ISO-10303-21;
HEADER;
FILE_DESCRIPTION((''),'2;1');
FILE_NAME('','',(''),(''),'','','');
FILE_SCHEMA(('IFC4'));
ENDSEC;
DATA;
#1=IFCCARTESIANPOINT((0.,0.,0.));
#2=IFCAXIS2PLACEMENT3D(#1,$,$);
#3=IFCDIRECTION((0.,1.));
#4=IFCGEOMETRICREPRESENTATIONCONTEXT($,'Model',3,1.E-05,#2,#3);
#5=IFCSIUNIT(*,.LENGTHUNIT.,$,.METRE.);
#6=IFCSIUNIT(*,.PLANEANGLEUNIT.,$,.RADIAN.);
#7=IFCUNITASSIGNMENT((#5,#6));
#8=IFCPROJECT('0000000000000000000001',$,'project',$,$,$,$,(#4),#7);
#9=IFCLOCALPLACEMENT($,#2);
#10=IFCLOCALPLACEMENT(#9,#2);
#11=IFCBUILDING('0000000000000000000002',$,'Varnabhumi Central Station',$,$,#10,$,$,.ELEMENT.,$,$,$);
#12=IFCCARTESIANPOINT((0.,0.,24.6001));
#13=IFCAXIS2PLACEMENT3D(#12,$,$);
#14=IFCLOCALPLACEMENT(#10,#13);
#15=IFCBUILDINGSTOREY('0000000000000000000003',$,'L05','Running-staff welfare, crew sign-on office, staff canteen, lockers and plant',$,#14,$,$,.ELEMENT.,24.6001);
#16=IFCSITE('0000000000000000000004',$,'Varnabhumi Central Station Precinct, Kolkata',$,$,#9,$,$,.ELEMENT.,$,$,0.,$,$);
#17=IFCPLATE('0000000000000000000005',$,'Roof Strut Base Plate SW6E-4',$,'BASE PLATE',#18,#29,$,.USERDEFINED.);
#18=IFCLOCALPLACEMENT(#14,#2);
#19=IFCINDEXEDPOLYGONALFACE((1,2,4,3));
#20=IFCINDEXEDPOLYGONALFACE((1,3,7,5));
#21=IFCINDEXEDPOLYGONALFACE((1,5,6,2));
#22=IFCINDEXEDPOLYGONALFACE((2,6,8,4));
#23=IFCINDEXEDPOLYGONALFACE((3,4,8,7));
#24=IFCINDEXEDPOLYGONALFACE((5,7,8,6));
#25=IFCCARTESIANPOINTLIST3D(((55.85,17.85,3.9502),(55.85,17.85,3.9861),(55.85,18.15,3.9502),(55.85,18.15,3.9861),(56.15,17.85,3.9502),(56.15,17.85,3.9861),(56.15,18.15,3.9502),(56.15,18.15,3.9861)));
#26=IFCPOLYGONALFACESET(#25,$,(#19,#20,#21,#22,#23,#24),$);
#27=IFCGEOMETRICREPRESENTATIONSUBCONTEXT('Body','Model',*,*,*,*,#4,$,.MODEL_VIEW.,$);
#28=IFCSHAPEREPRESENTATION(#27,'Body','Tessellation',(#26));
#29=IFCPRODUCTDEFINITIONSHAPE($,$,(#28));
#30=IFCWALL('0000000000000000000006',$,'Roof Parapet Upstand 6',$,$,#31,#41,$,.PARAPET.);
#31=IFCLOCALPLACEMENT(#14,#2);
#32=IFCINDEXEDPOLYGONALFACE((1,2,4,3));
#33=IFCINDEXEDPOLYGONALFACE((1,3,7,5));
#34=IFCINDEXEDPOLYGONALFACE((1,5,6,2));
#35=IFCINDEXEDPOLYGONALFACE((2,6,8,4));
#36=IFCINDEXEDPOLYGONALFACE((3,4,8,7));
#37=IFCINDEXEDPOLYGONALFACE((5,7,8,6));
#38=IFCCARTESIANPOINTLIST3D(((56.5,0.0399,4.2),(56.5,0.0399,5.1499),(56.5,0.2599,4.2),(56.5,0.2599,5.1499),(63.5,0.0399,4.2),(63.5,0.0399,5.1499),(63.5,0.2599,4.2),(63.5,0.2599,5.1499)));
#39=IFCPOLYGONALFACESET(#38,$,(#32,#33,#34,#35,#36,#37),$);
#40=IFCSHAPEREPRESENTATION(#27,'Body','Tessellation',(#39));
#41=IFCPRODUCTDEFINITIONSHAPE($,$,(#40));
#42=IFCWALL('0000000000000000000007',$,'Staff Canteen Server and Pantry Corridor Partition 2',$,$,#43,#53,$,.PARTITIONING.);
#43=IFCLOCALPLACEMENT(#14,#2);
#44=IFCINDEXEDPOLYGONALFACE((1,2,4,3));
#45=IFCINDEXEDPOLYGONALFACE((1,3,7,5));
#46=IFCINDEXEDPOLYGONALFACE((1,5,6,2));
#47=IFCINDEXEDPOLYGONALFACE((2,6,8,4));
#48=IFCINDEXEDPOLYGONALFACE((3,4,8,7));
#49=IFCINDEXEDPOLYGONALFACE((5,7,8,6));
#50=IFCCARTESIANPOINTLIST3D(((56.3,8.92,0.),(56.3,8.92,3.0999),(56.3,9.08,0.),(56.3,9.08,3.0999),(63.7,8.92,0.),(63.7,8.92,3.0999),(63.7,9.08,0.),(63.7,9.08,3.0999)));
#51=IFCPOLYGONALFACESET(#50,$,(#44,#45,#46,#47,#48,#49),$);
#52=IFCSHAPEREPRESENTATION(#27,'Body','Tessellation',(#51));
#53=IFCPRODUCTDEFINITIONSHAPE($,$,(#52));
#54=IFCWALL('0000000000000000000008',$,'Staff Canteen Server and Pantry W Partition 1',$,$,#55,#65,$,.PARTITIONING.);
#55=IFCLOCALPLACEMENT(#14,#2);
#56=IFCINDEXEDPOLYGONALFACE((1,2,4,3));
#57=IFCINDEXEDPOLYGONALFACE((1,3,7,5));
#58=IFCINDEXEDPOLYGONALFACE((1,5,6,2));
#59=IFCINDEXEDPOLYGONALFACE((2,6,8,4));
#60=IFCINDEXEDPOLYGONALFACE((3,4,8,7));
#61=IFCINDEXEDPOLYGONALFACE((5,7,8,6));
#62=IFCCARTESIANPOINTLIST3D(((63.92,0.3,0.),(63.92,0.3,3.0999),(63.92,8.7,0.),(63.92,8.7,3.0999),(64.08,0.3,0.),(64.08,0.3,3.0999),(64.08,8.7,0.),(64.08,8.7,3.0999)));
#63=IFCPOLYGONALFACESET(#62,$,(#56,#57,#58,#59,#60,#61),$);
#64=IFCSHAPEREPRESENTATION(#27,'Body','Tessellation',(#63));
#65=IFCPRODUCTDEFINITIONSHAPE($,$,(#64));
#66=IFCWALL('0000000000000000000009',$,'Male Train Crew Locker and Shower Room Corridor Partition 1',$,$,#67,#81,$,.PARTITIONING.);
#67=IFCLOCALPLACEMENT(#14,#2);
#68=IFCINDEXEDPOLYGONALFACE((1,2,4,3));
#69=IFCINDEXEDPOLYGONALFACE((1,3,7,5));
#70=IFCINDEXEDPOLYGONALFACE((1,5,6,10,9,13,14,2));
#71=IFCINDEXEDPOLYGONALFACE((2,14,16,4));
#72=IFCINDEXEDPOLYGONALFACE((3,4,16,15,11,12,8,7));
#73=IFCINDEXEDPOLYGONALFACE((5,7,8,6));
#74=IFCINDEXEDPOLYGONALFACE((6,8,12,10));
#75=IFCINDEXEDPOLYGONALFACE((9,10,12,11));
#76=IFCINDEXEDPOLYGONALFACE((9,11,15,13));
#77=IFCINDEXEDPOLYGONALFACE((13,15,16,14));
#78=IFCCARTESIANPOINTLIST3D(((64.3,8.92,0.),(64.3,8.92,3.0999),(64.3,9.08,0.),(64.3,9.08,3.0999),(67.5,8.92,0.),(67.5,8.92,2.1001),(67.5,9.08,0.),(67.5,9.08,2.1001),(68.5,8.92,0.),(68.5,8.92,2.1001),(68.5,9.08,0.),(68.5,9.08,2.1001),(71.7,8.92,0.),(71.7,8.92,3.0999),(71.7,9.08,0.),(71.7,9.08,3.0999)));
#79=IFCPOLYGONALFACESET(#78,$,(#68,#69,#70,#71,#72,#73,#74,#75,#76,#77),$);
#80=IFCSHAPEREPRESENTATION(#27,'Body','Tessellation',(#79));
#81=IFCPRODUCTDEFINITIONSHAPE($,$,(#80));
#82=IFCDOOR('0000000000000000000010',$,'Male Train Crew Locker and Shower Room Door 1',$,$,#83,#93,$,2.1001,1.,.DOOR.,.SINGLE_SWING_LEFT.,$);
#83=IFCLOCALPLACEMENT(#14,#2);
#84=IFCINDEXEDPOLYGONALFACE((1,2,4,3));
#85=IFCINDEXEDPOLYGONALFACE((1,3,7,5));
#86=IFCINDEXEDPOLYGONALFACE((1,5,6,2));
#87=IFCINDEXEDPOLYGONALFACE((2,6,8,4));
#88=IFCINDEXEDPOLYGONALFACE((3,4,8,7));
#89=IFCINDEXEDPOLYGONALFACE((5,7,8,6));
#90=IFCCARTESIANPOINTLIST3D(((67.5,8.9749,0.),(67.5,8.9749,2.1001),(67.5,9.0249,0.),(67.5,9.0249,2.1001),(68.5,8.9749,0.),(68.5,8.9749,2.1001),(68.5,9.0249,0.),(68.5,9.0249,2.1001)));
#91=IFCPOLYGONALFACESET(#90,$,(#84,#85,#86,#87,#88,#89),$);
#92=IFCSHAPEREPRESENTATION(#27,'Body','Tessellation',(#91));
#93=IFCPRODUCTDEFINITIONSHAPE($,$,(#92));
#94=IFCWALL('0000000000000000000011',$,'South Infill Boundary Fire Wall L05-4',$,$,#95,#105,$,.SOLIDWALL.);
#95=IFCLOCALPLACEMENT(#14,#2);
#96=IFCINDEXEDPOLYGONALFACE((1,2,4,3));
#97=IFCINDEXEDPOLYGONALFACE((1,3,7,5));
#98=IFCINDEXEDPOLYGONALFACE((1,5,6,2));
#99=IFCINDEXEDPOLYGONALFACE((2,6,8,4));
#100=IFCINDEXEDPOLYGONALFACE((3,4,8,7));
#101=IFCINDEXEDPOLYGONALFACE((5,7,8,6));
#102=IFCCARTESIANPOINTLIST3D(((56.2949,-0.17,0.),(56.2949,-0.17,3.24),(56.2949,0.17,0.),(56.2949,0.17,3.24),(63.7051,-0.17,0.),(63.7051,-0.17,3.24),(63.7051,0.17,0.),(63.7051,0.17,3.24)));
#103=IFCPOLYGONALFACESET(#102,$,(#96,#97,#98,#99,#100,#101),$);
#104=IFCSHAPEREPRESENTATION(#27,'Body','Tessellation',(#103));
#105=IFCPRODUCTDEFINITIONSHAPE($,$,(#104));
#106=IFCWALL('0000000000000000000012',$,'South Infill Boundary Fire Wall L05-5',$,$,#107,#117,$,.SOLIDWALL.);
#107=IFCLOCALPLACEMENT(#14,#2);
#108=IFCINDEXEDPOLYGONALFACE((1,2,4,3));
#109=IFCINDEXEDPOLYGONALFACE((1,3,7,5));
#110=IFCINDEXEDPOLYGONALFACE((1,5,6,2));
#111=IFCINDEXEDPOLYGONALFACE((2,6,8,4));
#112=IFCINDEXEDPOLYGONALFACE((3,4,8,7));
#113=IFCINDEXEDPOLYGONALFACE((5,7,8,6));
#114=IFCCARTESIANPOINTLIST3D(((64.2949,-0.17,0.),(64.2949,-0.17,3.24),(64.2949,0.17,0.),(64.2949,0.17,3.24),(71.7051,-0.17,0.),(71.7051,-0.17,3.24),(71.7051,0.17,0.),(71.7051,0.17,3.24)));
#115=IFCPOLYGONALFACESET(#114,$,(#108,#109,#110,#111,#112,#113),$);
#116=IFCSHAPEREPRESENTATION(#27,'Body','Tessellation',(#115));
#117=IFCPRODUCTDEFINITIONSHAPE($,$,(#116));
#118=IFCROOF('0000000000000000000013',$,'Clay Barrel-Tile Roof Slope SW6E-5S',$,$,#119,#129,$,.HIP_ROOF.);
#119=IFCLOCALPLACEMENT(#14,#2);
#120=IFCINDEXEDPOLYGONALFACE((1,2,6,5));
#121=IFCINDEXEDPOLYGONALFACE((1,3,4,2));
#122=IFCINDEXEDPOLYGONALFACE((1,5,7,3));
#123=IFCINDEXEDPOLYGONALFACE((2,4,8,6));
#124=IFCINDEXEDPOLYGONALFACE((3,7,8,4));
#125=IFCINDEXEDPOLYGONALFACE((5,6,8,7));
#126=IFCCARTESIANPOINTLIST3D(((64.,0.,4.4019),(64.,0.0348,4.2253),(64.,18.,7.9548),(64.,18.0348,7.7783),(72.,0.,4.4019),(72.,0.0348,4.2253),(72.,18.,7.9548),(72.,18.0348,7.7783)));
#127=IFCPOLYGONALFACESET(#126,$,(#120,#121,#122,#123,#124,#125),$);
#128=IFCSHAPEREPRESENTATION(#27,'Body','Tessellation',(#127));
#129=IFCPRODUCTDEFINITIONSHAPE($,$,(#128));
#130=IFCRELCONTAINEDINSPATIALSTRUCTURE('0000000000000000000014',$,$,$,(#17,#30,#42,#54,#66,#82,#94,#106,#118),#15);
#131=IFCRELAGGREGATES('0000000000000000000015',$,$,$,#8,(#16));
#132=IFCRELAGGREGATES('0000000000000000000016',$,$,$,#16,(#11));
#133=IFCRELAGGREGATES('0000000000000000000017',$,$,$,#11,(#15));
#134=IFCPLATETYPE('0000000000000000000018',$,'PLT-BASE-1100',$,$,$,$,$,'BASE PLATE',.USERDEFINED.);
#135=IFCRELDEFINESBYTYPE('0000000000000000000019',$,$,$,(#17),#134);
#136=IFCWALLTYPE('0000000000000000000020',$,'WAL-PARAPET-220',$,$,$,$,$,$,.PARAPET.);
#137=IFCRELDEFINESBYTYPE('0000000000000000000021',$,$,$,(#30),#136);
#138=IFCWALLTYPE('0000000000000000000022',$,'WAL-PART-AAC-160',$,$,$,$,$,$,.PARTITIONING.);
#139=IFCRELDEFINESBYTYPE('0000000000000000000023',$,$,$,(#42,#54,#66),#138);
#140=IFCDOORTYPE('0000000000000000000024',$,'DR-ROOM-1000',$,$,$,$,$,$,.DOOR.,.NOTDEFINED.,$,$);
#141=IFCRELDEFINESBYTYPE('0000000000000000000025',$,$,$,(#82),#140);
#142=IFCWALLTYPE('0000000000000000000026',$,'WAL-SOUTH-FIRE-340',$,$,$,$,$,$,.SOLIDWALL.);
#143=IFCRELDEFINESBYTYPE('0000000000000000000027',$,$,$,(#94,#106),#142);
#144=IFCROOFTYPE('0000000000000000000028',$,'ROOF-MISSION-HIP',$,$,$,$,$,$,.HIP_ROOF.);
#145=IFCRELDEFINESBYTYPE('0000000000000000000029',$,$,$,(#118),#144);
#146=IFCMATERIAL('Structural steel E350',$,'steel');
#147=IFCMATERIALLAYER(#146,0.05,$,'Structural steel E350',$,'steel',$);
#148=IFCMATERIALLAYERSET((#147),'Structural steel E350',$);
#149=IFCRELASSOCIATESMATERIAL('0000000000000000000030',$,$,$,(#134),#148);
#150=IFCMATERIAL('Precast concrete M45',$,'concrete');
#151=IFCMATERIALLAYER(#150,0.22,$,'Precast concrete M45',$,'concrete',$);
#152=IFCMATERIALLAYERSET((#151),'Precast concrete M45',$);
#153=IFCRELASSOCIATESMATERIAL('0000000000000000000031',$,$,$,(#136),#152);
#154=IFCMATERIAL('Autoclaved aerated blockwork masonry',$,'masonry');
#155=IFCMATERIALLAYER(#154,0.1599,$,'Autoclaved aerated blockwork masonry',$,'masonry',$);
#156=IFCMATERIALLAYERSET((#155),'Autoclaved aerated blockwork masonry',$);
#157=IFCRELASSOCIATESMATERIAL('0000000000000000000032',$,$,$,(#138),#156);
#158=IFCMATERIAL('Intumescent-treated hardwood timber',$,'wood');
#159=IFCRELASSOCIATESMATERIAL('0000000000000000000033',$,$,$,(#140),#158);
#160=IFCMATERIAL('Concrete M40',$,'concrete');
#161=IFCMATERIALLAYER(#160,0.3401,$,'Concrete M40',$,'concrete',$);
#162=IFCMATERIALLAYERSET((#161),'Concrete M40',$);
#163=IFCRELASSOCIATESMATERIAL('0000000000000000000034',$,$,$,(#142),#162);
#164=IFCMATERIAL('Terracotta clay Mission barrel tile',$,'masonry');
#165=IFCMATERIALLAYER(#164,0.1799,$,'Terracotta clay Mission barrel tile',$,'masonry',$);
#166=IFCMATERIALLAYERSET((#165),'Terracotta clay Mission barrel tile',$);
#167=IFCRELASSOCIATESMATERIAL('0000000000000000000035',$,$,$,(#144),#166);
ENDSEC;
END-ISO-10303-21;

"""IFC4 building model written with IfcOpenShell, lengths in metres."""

from ifc_helpers import new_model, si_unit, direction, frame, frame_2d, origin, origin_2d, place, context, subcontext, project, spatial, polyline, rectangle, outline, extrude, material, layer, layer_set, type_object, element, fill, save


model = new_model("IFC4")

# Units and contexts
model_context = context("Model", 3, precision=1e-05, world=origin(), true_north=direction((0.0, 1.0)))
body_context = subcontext(model_context, "Body", "Model", "MODEL_VIEW")
ifc_project = project(units=[si_unit("LENGTHUNIT", "METRE"), si_unit("PLANEANGLEUNIT", "RADIAN")], contexts=[model_context])

# Site, building, storey
site_placement = place(None, origin())
site = spatial("IfcSite", under=ifc_project, at=site_placement, Name="Varnabhumi Central Station Precinct, Kolkata", CompositionType="ELEMENT", RefElevation=0.0)
building_placement = place(site_placement, origin())
building = spatial("IfcBuilding", under=site, at=building_placement, Name="Varnabhumi Central Station", CompositionType="ELEMENT")
storey_placement = place(building_placement, frame((0.0, 0.0, 24.6001)))
storey = spatial("IfcBuildingStorey", under=building, at=storey_placement, Name="L05", Description="Running-staff welfare, crew sign-on office, staff canteen, lockers and plant", CompositionType="ELEMENT", Elevation=24.6001)

# Shared definitions
ifc_material_1 = material(Name="Concrete M40", Category="concrete")
ifc_material_2 = material(Name="Structural steel E350", Category="steel")

# Plate
ifc_layer_1 = layer(ifc_material_2, 0.05, Name="Structural steel E350", Category="steel")
ifc_layer_set_1 = layer_set([ifc_layer_1], Name="Structural steel E350")
plate_type = type_object("IfcPlateType", Name="PLT-BASE-1100", ElementType="BASE PLATE", PredefinedType="USERDEFINED", material=ifc_layer_set_1)
plate_placement = place(storey_placement, frame((56.0, 18.0, 3.9502), z_axis=(0.0, 0.0, 1.0), x_axis=(1.0, 0.0, 0.0)))
element("IfcPlate", 1, at=plate_placement, inside=storey, type_object=plate_type, Name="Roof Strut Base Plate SW6E-4", ObjectType="BASE PLATE", PredefinedType="USERDEFINED", context=body_context, shape_type="SweptSolid", body=[
    extrude(rectangle(XDim=0.3, YDim=0.3, at=origin_2d()), origin(), (0.0, 0.0, 1.0), 0.0359),
])

# Walls
ifc_material_3 = material(Name="Precast concrete M45", Category="concrete")
ifc_layer_2 = layer(ifc_material_3, 0.22, Name="Precast concrete M45", Category="concrete")
ifc_layer_set_2 = layer_set([ifc_layer_2], Name="Precast concrete M45")
wall_type_1 = type_object("IfcWallType", Name="WAL-PARAPET-220", PredefinedType="PARAPET", material=ifc_layer_set_2)
wall_1_placement = place(storey_placement, frame((56.5, 0.1499, 4.2), z_axis=(0.0, 0.0, 1.0), x_axis=(1.0, 0.0, 0.0)))
element("IfcWall", 2, at=wall_1_placement, inside=storey, type_object=wall_type_1, Name="Roof Parapet Upstand 6", PredefinedType="PARAPET", context=body_context, shape_type="SweptSolid", body=[
    extrude(rectangle(XDim=7.0, YDim=0.22, at=frame_2d((3.5, 0.0))), origin(), (0.0, 0.0, 1.0), 0.95),
])
ifc_material_4 = material(Name="Autoclaved aerated blockwork masonry", Category="masonry")
ifc_layer_3 = layer(ifc_material_4, 0.1599, Name="Autoclaved aerated blockwork masonry", Category="masonry")
ifc_layer_set_3 = layer_set([ifc_layer_3], Name="Autoclaved aerated blockwork masonry")
wall_type_2 = type_object("IfcWallType", Name="WAL-PART-AAC-160", PredefinedType="PARTITIONING", material=ifc_layer_set_3)
wall_2_placement = place(storey_placement, frame((56.3, 9.0, 0.0), z_axis=(0.0, 0.0, 1.0), x_axis=(1.0, 0.0, 0.0)))
element("IfcWall", 3, at=wall_2_placement, inside=storey, type_object=wall_type_2, Name="Staff Canteen Server and Pantry Corridor Partition 2", PredefinedType="PARTITIONING", context=body_context, shape_type="SweptSolid", body=[
    extrude(rectangle(XDim=7.3999, YDim=0.1599, at=frame_2d((3.7, 0.0))), origin(), (0.0, 0.0, 1.0), 3.0999),
])
wall_3_placement = place(storey_placement, frame((64.0, 0.3, 0.0), z_axis=(0.0, 0.0, 1.0), x_axis=(0.0, 1.0, 0.0)))
element("IfcWall", 4, at=wall_3_placement, inside=storey, type_object=wall_type_2, Name="Staff Canteen Server and Pantry W Partition 1", PredefinedType="PARTITIONING", context=body_context, shape_type="SweptSolid", body=[
    extrude(rectangle(XDim=8.3999, YDim=0.1599, at=frame_2d((4.2, 0.0))), origin(), (0.0, 0.0, 1.0), 3.0999),
])

# Wall, opening, door
wall_4_placement = place(storey_placement, frame((64.3, 9.0, 0.0), z_axis=(0.0, 0.0, 1.0), x_axis=(1.0, 0.0, 0.0)))
wall_4 = element("IfcWall", 5, at=wall_4_placement, inside=storey, type_object=wall_type_2, Name="Male Train Crew Locker and Shower Room Corridor Partition 1", PredefinedType="PARTITIONING", context=body_context, shape_type="SweptSolid", body=[
    extrude(rectangle(XDim=7.3999, YDim=0.1599, at=frame_2d((3.7, 0.0))), origin(), (0.0, 0.0, 1.0), 3.0999),
])
opening_placement = place(wall_4_placement, frame((3.2, 0.0, 0.0)))
opening = element("IfcOpeningElement", 6, at=opening_placement, cuts=wall_4, PredefinedType="OPENING", context=body_context, shape_type="SweptSolid", body=[
    extrude(rectangle(XDim=1.0, YDim=2.1001, at=frame_2d((0.5, 1.05))), frame((0.0, 0.0898, 0.0), z_axis=(0.0, -1.0, 0.0), x_axis=(1.0, 0.0, 0.0)), (0.0, 0.0, 1.0), 0.1799),
])
ifc_material_5 = material(Name="Intumescent-treated hardwood timber", Category="wood")
door_type = type_object("IfcDoorType", Name="DR-ROOM-1000", OperationType="NOTDEFINED", PredefinedType="DOOR", material=ifc_material_5)
door_placement = place(opening_placement, origin())
door = element("IfcDoor", 7, at=door_placement, inside=storey, type_object=door_type, Name="Male Train Crew Locker and Shower Room Door 1", OperationType="SINGLE_SWING_LEFT", OverallHeight=2.1001, OverallWidth=1.0, PredefinedType="DOOR", context=body_context, shape_type="SweptSolid", body=[
    extrude(rectangle(XDim=1.0, YDim=2.1001, at=frame_2d((0.5, 1.05))), frame((0.0, 0.0249, 0.0), z_axis=(0.0, -1.0, 0.0), x_axis=(1.0, 0.0, 0.0)), (0.0, 0.0, 1.0), 0.05),
])
fill(opening, door)

# Walls
ifc_layer_4 = layer(ifc_material_1, 0.3401, Name="Concrete M40", Category="concrete")
ifc_layer_set_4 = layer_set([ifc_layer_4], Name="Concrete M40")
wall_type_3 = type_object("IfcWallType", Name="WAL-SOUTH-FIRE-340", PredefinedType="SOLIDWALL", material=ifc_layer_set_4)
for number, where, z_axis, x_axis, name in (
    (8, (56.2949, 0.0, 0.0), (0.0, 0.0, 1.0), (1.0, 0.0, 0.0), "South Infill Boundary Fire Wall L05-4"),
    (9, (64.2949, 0.0, 0.0), (0.0, 0.0, 1.0), (1.0, 0.0, 0.0), "South Infill Boundary Fire Wall L05-5"),
):
    element("IfcWall", number, at=place(storey_placement, frame(where, z_axis=z_axis, x_axis=x_axis)), inside=storey, type_object=wall_type_3, Name=name, PredefinedType="SOLIDWALL", context=body_context, shape_type="SweptSolid", body=[
        extrude(rectangle(XDim=7.4102, YDim=0.3401, at=frame_2d((3.7051, 0.0))), origin(), (0.0, 0.0, 1.0), 3.24),
    ])

# Roof
ifc_material_6 = material(Name="Terracotta clay Mission barrel tile", Category="masonry")
ifc_layer_5 = layer(ifc_material_6, 0.1799, Name="Terracotta clay Mission barrel tile", Category="masonry")
ifc_layer_set_5 = layer_set([ifc_layer_5], Name="Terracotta clay Mission barrel tile")
roof_type = type_object("IfcRoofType", Name="ROOF-MISSION-HIP", PredefinedType="HIP_ROOF", material=ifc_layer_set_5)
roof_placement = place(storey_placement, frame((64.0, 0.0, 4.4019), z_axis=(0.0, -0.193651, 0.98107), x_axis=(1.0, 0.0, 0.0)))
element("IfcRoof", 10, at=roof_placement, inside=storey, type_object=roof_type, Name="Clay Barrel-Tile Roof Slope SW6E-5S", PredefinedType="HIP_ROOF", context=body_context, shape_type="SweptSolid", body=[
    extrude(outline(polyline([(0.0, 0.0), (8.0, 0.0), (8.0, 18.3473), (0.0, 18.3473), (0.0, 0.0)])), origin(), (0.0, 0.0, -1.0), 0.1799),
])

save(model, "model.ifc")
